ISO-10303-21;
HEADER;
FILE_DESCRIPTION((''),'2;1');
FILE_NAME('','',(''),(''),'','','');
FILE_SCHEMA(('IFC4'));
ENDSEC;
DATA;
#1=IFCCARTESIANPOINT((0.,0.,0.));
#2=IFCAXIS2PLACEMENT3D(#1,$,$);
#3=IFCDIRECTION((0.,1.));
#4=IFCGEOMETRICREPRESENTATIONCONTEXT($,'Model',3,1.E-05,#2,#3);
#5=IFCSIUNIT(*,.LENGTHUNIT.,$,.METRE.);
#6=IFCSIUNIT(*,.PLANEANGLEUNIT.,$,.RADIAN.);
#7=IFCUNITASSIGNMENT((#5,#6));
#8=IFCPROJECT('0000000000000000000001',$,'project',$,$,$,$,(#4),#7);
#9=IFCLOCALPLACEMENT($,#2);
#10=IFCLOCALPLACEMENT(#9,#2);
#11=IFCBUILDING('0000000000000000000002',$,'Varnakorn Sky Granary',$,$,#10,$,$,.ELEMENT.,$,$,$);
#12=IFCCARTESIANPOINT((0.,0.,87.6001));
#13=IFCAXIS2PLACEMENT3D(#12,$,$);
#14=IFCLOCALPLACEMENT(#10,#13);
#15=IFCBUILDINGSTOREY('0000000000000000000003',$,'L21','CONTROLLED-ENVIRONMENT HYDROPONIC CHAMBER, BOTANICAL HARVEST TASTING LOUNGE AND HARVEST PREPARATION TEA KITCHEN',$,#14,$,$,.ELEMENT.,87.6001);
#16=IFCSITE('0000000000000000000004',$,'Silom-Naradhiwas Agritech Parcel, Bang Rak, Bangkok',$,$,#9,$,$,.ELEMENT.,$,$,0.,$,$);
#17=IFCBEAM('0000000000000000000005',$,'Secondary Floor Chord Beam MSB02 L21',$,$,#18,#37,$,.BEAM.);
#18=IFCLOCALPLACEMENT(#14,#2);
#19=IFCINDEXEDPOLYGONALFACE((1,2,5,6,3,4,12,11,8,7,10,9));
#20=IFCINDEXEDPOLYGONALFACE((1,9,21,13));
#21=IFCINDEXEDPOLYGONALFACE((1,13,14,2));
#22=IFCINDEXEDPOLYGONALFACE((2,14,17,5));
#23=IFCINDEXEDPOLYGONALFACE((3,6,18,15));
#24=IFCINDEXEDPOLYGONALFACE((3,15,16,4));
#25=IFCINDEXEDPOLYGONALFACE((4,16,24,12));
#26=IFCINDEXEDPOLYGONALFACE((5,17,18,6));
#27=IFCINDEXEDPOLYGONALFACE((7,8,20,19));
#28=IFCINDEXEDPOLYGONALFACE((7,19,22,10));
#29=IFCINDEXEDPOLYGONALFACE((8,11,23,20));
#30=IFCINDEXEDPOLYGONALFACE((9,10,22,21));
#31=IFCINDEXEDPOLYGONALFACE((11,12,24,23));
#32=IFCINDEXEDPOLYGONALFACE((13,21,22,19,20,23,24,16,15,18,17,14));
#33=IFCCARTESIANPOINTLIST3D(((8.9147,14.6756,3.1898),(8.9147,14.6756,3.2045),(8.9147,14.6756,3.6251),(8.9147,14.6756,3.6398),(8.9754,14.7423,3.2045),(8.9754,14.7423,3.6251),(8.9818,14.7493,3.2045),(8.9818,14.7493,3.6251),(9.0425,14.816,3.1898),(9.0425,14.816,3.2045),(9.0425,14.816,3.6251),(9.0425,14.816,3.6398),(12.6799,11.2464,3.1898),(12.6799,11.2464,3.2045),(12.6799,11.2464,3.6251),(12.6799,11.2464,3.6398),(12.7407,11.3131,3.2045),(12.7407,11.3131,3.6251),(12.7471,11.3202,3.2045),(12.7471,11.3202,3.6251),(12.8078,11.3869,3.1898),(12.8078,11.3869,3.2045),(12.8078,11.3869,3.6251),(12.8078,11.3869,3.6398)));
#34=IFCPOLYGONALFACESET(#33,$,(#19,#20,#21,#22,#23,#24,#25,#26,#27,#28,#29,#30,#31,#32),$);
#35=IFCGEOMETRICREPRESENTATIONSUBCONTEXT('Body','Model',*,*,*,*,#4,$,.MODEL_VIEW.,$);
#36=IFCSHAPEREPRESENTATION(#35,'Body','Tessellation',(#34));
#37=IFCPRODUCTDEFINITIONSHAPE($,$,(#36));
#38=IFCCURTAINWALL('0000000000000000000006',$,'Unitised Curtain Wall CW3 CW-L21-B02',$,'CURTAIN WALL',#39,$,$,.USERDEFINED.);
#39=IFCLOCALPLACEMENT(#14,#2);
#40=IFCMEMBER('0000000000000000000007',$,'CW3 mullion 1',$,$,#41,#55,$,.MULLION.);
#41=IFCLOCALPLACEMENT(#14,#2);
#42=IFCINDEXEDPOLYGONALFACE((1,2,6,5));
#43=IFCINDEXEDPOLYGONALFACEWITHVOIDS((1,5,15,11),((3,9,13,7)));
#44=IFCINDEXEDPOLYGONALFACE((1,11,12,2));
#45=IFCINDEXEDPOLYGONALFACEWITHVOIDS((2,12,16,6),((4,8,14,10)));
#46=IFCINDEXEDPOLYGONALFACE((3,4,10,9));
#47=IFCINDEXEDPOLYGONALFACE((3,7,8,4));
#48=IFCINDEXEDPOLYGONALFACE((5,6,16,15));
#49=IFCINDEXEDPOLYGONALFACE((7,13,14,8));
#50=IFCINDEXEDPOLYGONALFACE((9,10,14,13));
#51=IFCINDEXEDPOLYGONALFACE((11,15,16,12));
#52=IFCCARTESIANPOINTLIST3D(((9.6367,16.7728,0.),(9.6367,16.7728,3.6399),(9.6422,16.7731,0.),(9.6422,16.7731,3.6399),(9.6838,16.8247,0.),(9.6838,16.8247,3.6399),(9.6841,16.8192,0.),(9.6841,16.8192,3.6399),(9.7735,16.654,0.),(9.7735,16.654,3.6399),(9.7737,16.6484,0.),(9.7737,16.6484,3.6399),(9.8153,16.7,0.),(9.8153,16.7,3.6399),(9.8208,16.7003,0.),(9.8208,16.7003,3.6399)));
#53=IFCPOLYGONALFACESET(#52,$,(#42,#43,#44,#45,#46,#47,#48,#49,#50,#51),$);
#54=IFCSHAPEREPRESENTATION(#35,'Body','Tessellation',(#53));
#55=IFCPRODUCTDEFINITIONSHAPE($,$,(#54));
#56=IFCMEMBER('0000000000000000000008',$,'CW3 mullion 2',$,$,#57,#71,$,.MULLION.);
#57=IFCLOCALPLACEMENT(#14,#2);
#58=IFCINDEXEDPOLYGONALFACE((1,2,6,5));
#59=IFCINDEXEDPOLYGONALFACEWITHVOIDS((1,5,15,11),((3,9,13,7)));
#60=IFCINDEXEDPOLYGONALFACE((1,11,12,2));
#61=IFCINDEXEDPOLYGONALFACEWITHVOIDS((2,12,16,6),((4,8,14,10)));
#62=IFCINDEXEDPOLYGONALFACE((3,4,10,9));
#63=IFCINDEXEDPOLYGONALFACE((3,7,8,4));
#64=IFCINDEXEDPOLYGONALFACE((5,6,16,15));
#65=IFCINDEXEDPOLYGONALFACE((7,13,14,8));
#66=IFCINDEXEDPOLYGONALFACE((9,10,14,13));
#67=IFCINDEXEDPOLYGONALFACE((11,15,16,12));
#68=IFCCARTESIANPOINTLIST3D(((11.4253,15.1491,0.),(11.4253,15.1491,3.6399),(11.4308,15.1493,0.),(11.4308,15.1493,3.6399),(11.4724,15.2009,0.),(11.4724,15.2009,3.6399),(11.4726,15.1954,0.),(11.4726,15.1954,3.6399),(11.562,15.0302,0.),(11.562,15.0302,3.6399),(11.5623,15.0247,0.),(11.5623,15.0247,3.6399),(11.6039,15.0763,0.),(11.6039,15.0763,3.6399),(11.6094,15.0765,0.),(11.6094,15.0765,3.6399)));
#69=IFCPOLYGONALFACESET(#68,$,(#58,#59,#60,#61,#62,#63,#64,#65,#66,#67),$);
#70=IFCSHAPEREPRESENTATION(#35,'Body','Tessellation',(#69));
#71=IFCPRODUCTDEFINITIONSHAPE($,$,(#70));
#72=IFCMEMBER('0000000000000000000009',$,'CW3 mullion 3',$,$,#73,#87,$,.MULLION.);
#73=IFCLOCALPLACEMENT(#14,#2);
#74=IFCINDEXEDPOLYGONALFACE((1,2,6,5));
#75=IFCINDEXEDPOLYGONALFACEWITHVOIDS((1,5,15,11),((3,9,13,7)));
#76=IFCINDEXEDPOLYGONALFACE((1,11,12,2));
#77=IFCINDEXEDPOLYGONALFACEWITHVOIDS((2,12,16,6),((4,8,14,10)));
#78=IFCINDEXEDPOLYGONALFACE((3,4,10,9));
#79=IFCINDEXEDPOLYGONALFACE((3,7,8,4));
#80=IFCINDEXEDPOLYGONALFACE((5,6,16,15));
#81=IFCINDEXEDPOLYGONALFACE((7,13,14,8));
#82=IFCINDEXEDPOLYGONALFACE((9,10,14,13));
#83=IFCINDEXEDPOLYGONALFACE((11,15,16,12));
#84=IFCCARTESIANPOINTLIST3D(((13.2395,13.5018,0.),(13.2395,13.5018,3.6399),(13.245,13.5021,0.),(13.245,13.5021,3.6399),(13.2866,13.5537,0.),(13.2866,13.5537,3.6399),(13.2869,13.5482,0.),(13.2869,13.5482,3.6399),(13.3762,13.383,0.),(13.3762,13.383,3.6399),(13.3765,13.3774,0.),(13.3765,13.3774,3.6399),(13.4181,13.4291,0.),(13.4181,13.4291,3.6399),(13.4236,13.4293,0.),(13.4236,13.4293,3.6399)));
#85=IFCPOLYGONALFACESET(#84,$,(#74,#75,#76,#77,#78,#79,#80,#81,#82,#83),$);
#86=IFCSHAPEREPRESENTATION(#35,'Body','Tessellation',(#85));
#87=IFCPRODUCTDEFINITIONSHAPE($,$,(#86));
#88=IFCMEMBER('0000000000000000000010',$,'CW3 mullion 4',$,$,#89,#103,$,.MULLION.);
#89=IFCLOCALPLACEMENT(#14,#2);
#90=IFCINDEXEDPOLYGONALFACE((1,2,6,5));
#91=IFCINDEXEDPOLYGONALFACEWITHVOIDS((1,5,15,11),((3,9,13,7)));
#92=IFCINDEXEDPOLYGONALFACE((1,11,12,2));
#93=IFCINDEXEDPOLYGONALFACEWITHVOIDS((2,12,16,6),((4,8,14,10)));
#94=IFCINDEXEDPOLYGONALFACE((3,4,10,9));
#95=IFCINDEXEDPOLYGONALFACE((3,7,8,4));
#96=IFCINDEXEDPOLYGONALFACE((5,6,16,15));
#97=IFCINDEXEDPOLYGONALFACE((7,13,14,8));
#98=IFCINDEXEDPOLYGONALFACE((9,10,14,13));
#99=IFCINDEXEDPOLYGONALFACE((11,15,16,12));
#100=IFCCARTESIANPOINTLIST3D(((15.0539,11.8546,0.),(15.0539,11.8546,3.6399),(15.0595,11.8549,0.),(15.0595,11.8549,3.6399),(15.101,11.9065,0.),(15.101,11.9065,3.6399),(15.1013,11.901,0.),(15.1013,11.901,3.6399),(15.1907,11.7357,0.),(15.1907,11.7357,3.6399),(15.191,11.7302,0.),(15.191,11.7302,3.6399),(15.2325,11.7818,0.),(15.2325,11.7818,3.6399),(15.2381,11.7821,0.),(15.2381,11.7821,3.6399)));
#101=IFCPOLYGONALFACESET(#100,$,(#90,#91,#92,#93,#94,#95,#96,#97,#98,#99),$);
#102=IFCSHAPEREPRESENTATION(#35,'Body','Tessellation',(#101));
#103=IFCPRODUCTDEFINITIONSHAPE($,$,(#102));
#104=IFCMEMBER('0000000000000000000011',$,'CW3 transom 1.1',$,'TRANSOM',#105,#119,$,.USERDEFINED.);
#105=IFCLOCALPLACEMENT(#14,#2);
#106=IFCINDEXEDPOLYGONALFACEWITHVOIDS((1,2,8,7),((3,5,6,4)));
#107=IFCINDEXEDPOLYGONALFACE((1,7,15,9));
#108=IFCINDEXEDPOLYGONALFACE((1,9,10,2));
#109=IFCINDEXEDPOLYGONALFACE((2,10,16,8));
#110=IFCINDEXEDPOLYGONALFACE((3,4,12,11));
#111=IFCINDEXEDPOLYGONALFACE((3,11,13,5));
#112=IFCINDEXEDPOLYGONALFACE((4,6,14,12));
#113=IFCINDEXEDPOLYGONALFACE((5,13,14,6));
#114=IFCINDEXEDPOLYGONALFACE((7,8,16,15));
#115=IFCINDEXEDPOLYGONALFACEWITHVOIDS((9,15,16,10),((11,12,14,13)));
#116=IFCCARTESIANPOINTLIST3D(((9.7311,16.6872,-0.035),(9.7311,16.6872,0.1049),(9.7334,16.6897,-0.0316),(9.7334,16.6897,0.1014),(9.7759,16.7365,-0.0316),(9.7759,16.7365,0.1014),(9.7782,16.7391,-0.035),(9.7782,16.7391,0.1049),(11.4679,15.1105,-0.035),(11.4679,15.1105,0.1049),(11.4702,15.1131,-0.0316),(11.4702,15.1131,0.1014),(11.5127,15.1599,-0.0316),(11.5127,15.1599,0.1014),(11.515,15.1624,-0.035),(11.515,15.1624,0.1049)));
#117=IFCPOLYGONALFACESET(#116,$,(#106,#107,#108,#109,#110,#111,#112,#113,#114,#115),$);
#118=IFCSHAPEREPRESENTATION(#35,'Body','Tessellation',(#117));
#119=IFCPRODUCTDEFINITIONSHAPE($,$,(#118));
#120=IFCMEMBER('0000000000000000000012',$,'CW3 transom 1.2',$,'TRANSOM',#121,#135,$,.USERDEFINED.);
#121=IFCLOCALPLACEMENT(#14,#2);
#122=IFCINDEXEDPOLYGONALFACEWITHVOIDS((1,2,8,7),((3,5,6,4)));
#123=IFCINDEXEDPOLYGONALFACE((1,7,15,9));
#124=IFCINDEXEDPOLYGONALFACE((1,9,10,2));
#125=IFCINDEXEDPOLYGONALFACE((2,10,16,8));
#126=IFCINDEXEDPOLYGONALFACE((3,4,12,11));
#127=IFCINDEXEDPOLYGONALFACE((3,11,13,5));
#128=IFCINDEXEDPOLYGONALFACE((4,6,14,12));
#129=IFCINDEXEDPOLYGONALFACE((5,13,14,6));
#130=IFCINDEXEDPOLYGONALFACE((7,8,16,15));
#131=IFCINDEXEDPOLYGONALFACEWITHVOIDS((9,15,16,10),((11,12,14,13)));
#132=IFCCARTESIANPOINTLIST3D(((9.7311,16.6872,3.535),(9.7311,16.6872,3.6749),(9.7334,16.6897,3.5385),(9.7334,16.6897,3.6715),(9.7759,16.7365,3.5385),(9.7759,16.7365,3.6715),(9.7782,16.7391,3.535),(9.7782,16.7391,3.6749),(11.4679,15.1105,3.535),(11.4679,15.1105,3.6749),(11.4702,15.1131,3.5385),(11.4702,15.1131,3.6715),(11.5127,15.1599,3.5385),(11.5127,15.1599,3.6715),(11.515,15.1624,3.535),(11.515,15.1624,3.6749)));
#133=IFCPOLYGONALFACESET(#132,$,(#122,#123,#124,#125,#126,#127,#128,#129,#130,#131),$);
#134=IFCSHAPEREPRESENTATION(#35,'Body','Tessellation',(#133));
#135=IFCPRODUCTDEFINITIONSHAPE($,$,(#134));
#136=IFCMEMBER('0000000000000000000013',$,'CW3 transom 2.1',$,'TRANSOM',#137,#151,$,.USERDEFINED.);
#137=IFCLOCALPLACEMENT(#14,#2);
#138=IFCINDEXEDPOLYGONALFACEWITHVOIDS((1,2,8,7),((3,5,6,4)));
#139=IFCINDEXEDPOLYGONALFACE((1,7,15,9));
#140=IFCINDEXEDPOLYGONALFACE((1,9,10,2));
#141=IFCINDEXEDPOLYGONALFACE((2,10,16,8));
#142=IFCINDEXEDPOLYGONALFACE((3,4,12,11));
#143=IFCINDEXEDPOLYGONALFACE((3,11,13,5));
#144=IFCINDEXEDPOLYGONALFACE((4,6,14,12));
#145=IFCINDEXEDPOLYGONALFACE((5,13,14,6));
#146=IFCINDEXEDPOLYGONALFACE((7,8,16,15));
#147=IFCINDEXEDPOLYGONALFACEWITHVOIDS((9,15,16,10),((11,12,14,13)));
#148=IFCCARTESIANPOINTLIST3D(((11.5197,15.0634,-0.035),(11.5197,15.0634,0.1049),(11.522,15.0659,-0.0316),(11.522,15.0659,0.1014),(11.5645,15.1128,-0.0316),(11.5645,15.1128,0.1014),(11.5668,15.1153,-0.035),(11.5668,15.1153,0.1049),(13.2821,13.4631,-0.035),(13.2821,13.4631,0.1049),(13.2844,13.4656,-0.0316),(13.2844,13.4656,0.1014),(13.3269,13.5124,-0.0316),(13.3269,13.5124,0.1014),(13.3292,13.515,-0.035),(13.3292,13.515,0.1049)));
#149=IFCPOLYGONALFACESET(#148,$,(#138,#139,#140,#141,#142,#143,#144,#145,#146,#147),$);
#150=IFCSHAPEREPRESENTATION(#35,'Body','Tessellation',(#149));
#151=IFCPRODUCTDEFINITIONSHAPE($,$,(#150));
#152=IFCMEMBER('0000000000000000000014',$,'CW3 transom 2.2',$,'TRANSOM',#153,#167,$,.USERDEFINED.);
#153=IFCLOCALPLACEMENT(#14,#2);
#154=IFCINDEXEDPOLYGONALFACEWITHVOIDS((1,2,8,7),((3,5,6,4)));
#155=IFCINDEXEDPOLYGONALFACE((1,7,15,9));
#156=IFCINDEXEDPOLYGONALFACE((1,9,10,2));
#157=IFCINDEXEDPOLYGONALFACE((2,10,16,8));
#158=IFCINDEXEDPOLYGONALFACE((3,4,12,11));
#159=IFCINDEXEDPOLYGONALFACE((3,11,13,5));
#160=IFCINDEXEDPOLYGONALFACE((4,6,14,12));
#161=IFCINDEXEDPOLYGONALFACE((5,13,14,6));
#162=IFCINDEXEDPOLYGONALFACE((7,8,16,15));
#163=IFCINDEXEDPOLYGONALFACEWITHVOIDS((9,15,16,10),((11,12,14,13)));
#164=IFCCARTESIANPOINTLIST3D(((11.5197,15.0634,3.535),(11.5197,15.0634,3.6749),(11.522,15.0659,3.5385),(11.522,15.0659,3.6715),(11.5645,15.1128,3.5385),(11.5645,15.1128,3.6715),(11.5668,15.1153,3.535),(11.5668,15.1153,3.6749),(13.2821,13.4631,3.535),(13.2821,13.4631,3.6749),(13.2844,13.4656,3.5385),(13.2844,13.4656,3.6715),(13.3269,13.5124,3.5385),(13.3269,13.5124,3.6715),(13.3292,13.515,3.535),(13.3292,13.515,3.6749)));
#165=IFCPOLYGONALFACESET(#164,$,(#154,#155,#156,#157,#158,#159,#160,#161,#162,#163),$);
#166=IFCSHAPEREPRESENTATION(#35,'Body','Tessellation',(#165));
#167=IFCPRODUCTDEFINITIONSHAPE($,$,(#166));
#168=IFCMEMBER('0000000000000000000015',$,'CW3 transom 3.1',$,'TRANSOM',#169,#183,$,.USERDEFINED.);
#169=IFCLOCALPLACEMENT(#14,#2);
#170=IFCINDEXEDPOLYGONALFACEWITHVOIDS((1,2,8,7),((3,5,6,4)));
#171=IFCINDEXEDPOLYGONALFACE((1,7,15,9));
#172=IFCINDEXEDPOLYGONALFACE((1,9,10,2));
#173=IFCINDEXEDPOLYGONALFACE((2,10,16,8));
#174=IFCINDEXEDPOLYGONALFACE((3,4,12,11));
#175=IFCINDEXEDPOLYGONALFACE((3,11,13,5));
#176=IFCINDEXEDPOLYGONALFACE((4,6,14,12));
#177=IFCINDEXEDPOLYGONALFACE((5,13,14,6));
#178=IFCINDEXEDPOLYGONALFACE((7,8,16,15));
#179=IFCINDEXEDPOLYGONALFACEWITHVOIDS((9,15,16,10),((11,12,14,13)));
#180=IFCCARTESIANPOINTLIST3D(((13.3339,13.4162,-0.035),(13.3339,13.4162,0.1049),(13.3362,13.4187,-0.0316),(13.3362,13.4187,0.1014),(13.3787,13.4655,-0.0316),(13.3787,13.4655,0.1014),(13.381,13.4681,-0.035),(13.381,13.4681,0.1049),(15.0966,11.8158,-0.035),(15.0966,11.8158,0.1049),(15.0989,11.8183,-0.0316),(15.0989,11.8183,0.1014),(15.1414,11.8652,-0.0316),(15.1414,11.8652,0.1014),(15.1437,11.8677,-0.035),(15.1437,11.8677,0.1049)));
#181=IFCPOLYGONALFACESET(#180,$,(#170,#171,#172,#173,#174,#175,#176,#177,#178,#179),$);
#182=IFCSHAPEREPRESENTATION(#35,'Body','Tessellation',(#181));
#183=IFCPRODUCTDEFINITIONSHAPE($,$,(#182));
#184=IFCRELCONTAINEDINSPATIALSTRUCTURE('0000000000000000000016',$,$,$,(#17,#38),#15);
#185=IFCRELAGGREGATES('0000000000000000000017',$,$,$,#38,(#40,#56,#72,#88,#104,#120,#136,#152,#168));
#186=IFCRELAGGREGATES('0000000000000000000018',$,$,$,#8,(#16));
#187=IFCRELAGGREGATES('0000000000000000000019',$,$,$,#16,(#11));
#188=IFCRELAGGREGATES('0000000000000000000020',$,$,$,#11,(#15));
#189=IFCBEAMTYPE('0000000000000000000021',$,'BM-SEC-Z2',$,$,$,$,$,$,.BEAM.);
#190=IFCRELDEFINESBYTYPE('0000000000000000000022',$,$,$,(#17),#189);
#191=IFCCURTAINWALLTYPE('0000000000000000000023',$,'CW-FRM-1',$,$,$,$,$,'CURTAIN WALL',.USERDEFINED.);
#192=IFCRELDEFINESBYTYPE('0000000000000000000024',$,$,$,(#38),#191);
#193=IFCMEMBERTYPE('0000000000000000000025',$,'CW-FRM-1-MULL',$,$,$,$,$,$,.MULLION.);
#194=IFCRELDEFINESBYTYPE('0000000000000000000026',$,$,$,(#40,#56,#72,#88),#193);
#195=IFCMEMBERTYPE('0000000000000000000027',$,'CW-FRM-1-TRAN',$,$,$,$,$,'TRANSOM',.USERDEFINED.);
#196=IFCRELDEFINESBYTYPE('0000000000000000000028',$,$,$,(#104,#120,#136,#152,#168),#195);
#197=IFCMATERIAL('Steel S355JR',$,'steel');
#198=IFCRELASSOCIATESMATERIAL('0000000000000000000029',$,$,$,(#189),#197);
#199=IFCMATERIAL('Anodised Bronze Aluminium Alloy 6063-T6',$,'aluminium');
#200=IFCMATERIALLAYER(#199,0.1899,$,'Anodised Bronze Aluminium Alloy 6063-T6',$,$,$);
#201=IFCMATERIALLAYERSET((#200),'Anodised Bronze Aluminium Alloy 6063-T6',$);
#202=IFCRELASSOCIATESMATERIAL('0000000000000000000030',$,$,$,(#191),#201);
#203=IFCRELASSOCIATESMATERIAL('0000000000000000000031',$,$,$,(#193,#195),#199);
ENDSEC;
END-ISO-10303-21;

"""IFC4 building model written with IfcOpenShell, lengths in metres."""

from ifc_helpers import new_model, si_unit, direction, frame, origin, origin_2d, place, context, subcontext, project, spatial, hollow_rectangle, i_section, extrude, material, layer, layer_set, material_profile, profile_set, type_object, element, aggregate, save


model = new_model("IFC4")

# Units and contexts
model_context = context("Model", 3, precision=1e-05, world=origin(), true_north=direction((0.0, 1.0)))
body_context = subcontext(model_context, "Body", "Model", "MODEL_VIEW")
ifc_project = project(units=[si_unit("LENGTHUNIT", "METRE"), si_unit("PLANEANGLEUNIT", "RADIAN")], contexts=[model_context])

# Site, building, storey
site_placement = place(None, origin())
site = spatial("IfcSite", under=ifc_project, at=site_placement, Name="Silom-Naradhiwas Agritech Parcel, Bang Rak, Bangkok", CompositionType="ELEMENT", RefElevation=0.0)
building_placement = place(site_placement, origin())
building = spatial("IfcBuilding", under=site, at=building_placement, Name="Varnakorn Sky Granary", CompositionType="ELEMENT")
storey_placement = place(building_placement, frame((0.0, 0.0, 87.6001)))
storey = spatial("IfcBuildingStorey", under=building, at=storey_placement, Name="L21", Description="CONTROLLED-ENVIRONMENT HYDROPONIC CHAMBER, BOTANICAL HARVEST TASTING LOUNGE AND HARVEST PREPARATION TEA KITCHEN", CompositionType="ELEMENT", Elevation=87.6001)

# Beam
ifc_material_1 = material(Name="Steel S355JR", Category="steel")
ifc_material_profile_1 = material_profile(ifc_material_1, i_section(OverallWidth=0.1899, OverallDepth=0.45, WebThickness=0.0095, FlangeThickness=0.0146, at=origin_2d()), Name="IPE 450")
ifc_profile_set_1 = profile_set([ifc_material_profile_1], Name="Steel S355JR")
beam_type = type_object("IfcBeamType", Name="BM-SEC-Z2", PredefinedType="BEAM", material=ifc_profile_set_1)
beam_placement = place(storey_placement, frame((12.7439, 11.3167, 3.4148), z_axis=(-0.739341, 0.673331, 0.0), x_axis=(-0.673331, -0.739341, 0.0)))
element("IfcBeam", 1, at=beam_placement, inside=storey, type_object=beam_type, Name="Secondary Floor Chord Beam MSB02 L21", PredefinedType="BEAM", context=body_context, shape_type="SweptSolid", body=[
    extrude(i_section(OverallWidth=0.1899, OverallDepth=0.45, WebThickness=0.0095, FlangeThickness=0.0146, at=origin_2d()), origin(), (0.0, 0.0, 1.0), 5.0928),
])

# Curtain wall, members
ifc_material_2 = material(Name="Anodised Bronze Aluminium Alloy 6063-T6", Category="aluminium")
ifc_layer_1 = layer(ifc_material_2, 0.1899, Name="Anodised Bronze Aluminium Alloy 6063-T6")
ifc_layer_set_1 = layer_set([ifc_layer_1], Name="Anodised Bronze Aluminium Alloy 6063-T6")
curtain_wall_type = type_object("IfcCurtainWallType", Name="CW-FRM-1", ElementType="CURTAIN WALL", PredefinedType="USERDEFINED", material=ifc_layer_set_1)
curtain_wall_placement = place(storey_placement, origin())
curtain_wall = element("IfcCurtainWall", 2, at=curtain_wall_placement, inside=storey, type_object=curtain_wall_type, Name="Unitised Curtain Wall CW3 CW-L21-B02", ObjectType="CURTAIN WALL", PredefinedType="USERDEFINED")
ifc_material_profile_2 = material_profile(ifc_material_2, hollow_rectangle(XDim=0.0701, YDim=0.1851, WallThickness=0.0039, at=origin_2d()), Name="ALU MULL 70x185")
ifc_profile_set_2 = profile_set([ifc_material_profile_2], Name="Anodised Bronze Aluminium Alloy 6063-T6")
member_type_1 = type_object("IfcMemberType", Name="CW-FRM-1-MULL", PredefinedType="MULLION", material=ifc_profile_set_2)
member_1_placement = place(storey_placement, frame((9.7288, 16.7366, 0.0), z_axis=(0.0, 0.0, 1.0), x_axis=(0.67219, 0.740378, 0.0)))
member_1 = element("IfcMember", 3, at=member_1_placement, type_object=member_type_1, Name="CW3 mullion 1", PredefinedType="MULLION", context=body_context, shape_type="SweptSolid", body=[
    extrude(hollow_rectangle(XDim=0.0701, YDim=0.1851, WallThickness=0.0039, at=origin_2d()), origin(), (0.0, 0.0, 1.0), 3.6399),
])
member_2_placement = place(storey_placement, frame((11.5173, 15.1128, 0.0), z_axis=(0.0, 0.0, 1.0), x_axis=(0.67219, 0.740378, 0.0)))
member_2 = element("IfcMember", 4, at=member_2_placement, type_object=member_type_1, Name="CW3 mullion 2", PredefinedType="MULLION", context=body_context, shape_type="SweptSolid", body=[
    extrude(hollow_rectangle(XDim=0.0701, YDim=0.1851, WallThickness=0.0039, at=origin_2d()), origin(), (0.0, 0.0, 1.0), 3.6399),
])
member_3_placement = place(storey_placement, frame((13.3315, 13.4656, 0.0), z_axis=(0.0, 0.0, 1.0), x_axis=(0.67219, 0.740378, 0.0)))
member_3 = element("IfcMember", 5, at=member_3_placement, type_object=member_type_1, Name="CW3 mullion 3", PredefinedType="MULLION", context=body_context, shape_type="SweptSolid", body=[
    extrude(hollow_rectangle(XDim=0.0701, YDim=0.1851, WallThickness=0.0039, at=origin_2d()), origin(), (0.0, 0.0, 1.0), 3.6399),
])
member_4_placement = place(storey_placement, frame((15.146, 11.8184, 0.0), z_axis=(0.0, 0.0, 1.0), x_axis=(0.67219, 0.740378, 0.0)))
member_4 = element("IfcMember", 6, at=member_4_placement, type_object=member_type_1, Name="CW3 mullion 4", PredefinedType="MULLION", context=body_context, shape_type="SweptSolid", body=[
    extrude(hollow_rectangle(XDim=0.0701, YDim=0.1851, WallThickness=0.0039, at=origin_2d()), origin(), (0.0, 0.0, 1.0), 3.6399),
])
ifc_material_profile_3 = material_profile(ifc_material_2, hollow_rectangle(XDim=0.0701, YDim=0.1399, WallThickness=0.0034, at=origin_2d()), Name="ALU TRAN 70x140")
ifc_profile_set_3 = profile_set([ifc_material_profile_3], Name="Anodised Bronze Aluminium Alloy 6063-T6")
member_type_2 = type_object("IfcMemberType", Name="CW-FRM-1-TRAN", ElementType="TRANSOM", PredefinedType="USERDEFINED", material=ifc_profile_set_3)
member_5_placement = place(storey_placement, frame((9.7546, 16.7131, 0.0349), z_axis=(0.74042, -0.672144, 0.0), x_axis=(0.672144, 0.74042, 0.0)))
member_5 = element("IfcMember", 7, at=member_5_placement, type_object=member_type_2, Name="CW3 transom 1.1", ObjectType="TRANSOM", PredefinedType="USERDEFINED", context=body_context, shape_type="SweptSolid", body=[
    extrude(hollow_rectangle(XDim=0.0701, YDim=0.1399, WallThickness=0.0034, at=origin_2d()), origin(), (0.0, 0.0, 1.0), 2.3457),
])
member_6_placement = place(storey_placement, frame((9.7546, 16.7131, 3.605), z_axis=(0.74042, -0.672144, 0.0), x_axis=(0.672144, 0.74042, 0.0)))
member_6 = element("IfcMember", 8, at=member_6_placement, type_object=member_type_2, Name="CW3 transom 1.2", ObjectType="TRANSOM", PredefinedType="USERDEFINED", context=body_context, shape_type="SweptSolid", body=[
    extrude(hollow_rectangle(XDim=0.0701, YDim=0.1399, WallThickness=0.0034, at=origin_2d()), origin(), (0.0, 0.0, 1.0), 2.3457),
])
member_7_placement = place(storey_placement, frame((11.5432, 15.0894, 0.0349), z_axis=(0.740334, -0.672239, 0.0), x_axis=(0.672239, 0.740334, 0.0)))
member_7 = element("IfcMember", 9, at=member_7_placement, type_object=member_type_2, Name="CW3 transom 2.1", ObjectType="TRANSOM", PredefinedType="USERDEFINED", context=body_context, shape_type="SweptSolid", body=[
    extrude(hollow_rectangle(XDim=0.0701, YDim=0.1399, WallThickness=0.0034, at=origin_2d()), origin(), (0.0, 0.0, 1.0), 2.3806),
])
member_8_placement = place(storey_placement, frame((11.5432, 15.0894, 3.605), z_axis=(0.740334, -0.672239, 0.0), x_axis=(0.672239, 0.740334, 0.0)))
member_8 = element("IfcMember", 10, at=member_8_placement, type_object=member_type_2, Name="CW3 transom 2.2", ObjectType="TRANSOM", PredefinedType="USERDEFINED", context=body_context, shape_type="SweptSolid", body=[
    extrude(hollow_rectangle(XDim=0.0701, YDim=0.1399, WallThickness=0.0034, at=origin_2d()), origin(), (0.0, 0.0, 1.0), 2.3806),
])
member_9_placement = place(storey_placement, frame((13.3574, 13.4421, 0.0349), z_axis=(0.740381, -0.672188, 0.0), x_axis=(0.672188, 0.740381, 0.0)))
member_9 = element("IfcMember", 11, at=member_9_placement, type_object=member_type_2, Name="CW3 transom 3.1", ObjectType="TRANSOM", PredefinedType="USERDEFINED", context=body_context, shape_type="SweptSolid", body=[
    extrude(hollow_rectangle(XDim=0.0701, YDim=0.1399, WallThickness=0.0034, at=origin_2d()), origin(), (0.0, 0.0, 1.0), 2.3809),
])
aggregate(curtain_wall, [member_1, member_2, member_3, member_4, member_5, member_6, member_7, member_8, member_9])

save(model, "model.ifc")
